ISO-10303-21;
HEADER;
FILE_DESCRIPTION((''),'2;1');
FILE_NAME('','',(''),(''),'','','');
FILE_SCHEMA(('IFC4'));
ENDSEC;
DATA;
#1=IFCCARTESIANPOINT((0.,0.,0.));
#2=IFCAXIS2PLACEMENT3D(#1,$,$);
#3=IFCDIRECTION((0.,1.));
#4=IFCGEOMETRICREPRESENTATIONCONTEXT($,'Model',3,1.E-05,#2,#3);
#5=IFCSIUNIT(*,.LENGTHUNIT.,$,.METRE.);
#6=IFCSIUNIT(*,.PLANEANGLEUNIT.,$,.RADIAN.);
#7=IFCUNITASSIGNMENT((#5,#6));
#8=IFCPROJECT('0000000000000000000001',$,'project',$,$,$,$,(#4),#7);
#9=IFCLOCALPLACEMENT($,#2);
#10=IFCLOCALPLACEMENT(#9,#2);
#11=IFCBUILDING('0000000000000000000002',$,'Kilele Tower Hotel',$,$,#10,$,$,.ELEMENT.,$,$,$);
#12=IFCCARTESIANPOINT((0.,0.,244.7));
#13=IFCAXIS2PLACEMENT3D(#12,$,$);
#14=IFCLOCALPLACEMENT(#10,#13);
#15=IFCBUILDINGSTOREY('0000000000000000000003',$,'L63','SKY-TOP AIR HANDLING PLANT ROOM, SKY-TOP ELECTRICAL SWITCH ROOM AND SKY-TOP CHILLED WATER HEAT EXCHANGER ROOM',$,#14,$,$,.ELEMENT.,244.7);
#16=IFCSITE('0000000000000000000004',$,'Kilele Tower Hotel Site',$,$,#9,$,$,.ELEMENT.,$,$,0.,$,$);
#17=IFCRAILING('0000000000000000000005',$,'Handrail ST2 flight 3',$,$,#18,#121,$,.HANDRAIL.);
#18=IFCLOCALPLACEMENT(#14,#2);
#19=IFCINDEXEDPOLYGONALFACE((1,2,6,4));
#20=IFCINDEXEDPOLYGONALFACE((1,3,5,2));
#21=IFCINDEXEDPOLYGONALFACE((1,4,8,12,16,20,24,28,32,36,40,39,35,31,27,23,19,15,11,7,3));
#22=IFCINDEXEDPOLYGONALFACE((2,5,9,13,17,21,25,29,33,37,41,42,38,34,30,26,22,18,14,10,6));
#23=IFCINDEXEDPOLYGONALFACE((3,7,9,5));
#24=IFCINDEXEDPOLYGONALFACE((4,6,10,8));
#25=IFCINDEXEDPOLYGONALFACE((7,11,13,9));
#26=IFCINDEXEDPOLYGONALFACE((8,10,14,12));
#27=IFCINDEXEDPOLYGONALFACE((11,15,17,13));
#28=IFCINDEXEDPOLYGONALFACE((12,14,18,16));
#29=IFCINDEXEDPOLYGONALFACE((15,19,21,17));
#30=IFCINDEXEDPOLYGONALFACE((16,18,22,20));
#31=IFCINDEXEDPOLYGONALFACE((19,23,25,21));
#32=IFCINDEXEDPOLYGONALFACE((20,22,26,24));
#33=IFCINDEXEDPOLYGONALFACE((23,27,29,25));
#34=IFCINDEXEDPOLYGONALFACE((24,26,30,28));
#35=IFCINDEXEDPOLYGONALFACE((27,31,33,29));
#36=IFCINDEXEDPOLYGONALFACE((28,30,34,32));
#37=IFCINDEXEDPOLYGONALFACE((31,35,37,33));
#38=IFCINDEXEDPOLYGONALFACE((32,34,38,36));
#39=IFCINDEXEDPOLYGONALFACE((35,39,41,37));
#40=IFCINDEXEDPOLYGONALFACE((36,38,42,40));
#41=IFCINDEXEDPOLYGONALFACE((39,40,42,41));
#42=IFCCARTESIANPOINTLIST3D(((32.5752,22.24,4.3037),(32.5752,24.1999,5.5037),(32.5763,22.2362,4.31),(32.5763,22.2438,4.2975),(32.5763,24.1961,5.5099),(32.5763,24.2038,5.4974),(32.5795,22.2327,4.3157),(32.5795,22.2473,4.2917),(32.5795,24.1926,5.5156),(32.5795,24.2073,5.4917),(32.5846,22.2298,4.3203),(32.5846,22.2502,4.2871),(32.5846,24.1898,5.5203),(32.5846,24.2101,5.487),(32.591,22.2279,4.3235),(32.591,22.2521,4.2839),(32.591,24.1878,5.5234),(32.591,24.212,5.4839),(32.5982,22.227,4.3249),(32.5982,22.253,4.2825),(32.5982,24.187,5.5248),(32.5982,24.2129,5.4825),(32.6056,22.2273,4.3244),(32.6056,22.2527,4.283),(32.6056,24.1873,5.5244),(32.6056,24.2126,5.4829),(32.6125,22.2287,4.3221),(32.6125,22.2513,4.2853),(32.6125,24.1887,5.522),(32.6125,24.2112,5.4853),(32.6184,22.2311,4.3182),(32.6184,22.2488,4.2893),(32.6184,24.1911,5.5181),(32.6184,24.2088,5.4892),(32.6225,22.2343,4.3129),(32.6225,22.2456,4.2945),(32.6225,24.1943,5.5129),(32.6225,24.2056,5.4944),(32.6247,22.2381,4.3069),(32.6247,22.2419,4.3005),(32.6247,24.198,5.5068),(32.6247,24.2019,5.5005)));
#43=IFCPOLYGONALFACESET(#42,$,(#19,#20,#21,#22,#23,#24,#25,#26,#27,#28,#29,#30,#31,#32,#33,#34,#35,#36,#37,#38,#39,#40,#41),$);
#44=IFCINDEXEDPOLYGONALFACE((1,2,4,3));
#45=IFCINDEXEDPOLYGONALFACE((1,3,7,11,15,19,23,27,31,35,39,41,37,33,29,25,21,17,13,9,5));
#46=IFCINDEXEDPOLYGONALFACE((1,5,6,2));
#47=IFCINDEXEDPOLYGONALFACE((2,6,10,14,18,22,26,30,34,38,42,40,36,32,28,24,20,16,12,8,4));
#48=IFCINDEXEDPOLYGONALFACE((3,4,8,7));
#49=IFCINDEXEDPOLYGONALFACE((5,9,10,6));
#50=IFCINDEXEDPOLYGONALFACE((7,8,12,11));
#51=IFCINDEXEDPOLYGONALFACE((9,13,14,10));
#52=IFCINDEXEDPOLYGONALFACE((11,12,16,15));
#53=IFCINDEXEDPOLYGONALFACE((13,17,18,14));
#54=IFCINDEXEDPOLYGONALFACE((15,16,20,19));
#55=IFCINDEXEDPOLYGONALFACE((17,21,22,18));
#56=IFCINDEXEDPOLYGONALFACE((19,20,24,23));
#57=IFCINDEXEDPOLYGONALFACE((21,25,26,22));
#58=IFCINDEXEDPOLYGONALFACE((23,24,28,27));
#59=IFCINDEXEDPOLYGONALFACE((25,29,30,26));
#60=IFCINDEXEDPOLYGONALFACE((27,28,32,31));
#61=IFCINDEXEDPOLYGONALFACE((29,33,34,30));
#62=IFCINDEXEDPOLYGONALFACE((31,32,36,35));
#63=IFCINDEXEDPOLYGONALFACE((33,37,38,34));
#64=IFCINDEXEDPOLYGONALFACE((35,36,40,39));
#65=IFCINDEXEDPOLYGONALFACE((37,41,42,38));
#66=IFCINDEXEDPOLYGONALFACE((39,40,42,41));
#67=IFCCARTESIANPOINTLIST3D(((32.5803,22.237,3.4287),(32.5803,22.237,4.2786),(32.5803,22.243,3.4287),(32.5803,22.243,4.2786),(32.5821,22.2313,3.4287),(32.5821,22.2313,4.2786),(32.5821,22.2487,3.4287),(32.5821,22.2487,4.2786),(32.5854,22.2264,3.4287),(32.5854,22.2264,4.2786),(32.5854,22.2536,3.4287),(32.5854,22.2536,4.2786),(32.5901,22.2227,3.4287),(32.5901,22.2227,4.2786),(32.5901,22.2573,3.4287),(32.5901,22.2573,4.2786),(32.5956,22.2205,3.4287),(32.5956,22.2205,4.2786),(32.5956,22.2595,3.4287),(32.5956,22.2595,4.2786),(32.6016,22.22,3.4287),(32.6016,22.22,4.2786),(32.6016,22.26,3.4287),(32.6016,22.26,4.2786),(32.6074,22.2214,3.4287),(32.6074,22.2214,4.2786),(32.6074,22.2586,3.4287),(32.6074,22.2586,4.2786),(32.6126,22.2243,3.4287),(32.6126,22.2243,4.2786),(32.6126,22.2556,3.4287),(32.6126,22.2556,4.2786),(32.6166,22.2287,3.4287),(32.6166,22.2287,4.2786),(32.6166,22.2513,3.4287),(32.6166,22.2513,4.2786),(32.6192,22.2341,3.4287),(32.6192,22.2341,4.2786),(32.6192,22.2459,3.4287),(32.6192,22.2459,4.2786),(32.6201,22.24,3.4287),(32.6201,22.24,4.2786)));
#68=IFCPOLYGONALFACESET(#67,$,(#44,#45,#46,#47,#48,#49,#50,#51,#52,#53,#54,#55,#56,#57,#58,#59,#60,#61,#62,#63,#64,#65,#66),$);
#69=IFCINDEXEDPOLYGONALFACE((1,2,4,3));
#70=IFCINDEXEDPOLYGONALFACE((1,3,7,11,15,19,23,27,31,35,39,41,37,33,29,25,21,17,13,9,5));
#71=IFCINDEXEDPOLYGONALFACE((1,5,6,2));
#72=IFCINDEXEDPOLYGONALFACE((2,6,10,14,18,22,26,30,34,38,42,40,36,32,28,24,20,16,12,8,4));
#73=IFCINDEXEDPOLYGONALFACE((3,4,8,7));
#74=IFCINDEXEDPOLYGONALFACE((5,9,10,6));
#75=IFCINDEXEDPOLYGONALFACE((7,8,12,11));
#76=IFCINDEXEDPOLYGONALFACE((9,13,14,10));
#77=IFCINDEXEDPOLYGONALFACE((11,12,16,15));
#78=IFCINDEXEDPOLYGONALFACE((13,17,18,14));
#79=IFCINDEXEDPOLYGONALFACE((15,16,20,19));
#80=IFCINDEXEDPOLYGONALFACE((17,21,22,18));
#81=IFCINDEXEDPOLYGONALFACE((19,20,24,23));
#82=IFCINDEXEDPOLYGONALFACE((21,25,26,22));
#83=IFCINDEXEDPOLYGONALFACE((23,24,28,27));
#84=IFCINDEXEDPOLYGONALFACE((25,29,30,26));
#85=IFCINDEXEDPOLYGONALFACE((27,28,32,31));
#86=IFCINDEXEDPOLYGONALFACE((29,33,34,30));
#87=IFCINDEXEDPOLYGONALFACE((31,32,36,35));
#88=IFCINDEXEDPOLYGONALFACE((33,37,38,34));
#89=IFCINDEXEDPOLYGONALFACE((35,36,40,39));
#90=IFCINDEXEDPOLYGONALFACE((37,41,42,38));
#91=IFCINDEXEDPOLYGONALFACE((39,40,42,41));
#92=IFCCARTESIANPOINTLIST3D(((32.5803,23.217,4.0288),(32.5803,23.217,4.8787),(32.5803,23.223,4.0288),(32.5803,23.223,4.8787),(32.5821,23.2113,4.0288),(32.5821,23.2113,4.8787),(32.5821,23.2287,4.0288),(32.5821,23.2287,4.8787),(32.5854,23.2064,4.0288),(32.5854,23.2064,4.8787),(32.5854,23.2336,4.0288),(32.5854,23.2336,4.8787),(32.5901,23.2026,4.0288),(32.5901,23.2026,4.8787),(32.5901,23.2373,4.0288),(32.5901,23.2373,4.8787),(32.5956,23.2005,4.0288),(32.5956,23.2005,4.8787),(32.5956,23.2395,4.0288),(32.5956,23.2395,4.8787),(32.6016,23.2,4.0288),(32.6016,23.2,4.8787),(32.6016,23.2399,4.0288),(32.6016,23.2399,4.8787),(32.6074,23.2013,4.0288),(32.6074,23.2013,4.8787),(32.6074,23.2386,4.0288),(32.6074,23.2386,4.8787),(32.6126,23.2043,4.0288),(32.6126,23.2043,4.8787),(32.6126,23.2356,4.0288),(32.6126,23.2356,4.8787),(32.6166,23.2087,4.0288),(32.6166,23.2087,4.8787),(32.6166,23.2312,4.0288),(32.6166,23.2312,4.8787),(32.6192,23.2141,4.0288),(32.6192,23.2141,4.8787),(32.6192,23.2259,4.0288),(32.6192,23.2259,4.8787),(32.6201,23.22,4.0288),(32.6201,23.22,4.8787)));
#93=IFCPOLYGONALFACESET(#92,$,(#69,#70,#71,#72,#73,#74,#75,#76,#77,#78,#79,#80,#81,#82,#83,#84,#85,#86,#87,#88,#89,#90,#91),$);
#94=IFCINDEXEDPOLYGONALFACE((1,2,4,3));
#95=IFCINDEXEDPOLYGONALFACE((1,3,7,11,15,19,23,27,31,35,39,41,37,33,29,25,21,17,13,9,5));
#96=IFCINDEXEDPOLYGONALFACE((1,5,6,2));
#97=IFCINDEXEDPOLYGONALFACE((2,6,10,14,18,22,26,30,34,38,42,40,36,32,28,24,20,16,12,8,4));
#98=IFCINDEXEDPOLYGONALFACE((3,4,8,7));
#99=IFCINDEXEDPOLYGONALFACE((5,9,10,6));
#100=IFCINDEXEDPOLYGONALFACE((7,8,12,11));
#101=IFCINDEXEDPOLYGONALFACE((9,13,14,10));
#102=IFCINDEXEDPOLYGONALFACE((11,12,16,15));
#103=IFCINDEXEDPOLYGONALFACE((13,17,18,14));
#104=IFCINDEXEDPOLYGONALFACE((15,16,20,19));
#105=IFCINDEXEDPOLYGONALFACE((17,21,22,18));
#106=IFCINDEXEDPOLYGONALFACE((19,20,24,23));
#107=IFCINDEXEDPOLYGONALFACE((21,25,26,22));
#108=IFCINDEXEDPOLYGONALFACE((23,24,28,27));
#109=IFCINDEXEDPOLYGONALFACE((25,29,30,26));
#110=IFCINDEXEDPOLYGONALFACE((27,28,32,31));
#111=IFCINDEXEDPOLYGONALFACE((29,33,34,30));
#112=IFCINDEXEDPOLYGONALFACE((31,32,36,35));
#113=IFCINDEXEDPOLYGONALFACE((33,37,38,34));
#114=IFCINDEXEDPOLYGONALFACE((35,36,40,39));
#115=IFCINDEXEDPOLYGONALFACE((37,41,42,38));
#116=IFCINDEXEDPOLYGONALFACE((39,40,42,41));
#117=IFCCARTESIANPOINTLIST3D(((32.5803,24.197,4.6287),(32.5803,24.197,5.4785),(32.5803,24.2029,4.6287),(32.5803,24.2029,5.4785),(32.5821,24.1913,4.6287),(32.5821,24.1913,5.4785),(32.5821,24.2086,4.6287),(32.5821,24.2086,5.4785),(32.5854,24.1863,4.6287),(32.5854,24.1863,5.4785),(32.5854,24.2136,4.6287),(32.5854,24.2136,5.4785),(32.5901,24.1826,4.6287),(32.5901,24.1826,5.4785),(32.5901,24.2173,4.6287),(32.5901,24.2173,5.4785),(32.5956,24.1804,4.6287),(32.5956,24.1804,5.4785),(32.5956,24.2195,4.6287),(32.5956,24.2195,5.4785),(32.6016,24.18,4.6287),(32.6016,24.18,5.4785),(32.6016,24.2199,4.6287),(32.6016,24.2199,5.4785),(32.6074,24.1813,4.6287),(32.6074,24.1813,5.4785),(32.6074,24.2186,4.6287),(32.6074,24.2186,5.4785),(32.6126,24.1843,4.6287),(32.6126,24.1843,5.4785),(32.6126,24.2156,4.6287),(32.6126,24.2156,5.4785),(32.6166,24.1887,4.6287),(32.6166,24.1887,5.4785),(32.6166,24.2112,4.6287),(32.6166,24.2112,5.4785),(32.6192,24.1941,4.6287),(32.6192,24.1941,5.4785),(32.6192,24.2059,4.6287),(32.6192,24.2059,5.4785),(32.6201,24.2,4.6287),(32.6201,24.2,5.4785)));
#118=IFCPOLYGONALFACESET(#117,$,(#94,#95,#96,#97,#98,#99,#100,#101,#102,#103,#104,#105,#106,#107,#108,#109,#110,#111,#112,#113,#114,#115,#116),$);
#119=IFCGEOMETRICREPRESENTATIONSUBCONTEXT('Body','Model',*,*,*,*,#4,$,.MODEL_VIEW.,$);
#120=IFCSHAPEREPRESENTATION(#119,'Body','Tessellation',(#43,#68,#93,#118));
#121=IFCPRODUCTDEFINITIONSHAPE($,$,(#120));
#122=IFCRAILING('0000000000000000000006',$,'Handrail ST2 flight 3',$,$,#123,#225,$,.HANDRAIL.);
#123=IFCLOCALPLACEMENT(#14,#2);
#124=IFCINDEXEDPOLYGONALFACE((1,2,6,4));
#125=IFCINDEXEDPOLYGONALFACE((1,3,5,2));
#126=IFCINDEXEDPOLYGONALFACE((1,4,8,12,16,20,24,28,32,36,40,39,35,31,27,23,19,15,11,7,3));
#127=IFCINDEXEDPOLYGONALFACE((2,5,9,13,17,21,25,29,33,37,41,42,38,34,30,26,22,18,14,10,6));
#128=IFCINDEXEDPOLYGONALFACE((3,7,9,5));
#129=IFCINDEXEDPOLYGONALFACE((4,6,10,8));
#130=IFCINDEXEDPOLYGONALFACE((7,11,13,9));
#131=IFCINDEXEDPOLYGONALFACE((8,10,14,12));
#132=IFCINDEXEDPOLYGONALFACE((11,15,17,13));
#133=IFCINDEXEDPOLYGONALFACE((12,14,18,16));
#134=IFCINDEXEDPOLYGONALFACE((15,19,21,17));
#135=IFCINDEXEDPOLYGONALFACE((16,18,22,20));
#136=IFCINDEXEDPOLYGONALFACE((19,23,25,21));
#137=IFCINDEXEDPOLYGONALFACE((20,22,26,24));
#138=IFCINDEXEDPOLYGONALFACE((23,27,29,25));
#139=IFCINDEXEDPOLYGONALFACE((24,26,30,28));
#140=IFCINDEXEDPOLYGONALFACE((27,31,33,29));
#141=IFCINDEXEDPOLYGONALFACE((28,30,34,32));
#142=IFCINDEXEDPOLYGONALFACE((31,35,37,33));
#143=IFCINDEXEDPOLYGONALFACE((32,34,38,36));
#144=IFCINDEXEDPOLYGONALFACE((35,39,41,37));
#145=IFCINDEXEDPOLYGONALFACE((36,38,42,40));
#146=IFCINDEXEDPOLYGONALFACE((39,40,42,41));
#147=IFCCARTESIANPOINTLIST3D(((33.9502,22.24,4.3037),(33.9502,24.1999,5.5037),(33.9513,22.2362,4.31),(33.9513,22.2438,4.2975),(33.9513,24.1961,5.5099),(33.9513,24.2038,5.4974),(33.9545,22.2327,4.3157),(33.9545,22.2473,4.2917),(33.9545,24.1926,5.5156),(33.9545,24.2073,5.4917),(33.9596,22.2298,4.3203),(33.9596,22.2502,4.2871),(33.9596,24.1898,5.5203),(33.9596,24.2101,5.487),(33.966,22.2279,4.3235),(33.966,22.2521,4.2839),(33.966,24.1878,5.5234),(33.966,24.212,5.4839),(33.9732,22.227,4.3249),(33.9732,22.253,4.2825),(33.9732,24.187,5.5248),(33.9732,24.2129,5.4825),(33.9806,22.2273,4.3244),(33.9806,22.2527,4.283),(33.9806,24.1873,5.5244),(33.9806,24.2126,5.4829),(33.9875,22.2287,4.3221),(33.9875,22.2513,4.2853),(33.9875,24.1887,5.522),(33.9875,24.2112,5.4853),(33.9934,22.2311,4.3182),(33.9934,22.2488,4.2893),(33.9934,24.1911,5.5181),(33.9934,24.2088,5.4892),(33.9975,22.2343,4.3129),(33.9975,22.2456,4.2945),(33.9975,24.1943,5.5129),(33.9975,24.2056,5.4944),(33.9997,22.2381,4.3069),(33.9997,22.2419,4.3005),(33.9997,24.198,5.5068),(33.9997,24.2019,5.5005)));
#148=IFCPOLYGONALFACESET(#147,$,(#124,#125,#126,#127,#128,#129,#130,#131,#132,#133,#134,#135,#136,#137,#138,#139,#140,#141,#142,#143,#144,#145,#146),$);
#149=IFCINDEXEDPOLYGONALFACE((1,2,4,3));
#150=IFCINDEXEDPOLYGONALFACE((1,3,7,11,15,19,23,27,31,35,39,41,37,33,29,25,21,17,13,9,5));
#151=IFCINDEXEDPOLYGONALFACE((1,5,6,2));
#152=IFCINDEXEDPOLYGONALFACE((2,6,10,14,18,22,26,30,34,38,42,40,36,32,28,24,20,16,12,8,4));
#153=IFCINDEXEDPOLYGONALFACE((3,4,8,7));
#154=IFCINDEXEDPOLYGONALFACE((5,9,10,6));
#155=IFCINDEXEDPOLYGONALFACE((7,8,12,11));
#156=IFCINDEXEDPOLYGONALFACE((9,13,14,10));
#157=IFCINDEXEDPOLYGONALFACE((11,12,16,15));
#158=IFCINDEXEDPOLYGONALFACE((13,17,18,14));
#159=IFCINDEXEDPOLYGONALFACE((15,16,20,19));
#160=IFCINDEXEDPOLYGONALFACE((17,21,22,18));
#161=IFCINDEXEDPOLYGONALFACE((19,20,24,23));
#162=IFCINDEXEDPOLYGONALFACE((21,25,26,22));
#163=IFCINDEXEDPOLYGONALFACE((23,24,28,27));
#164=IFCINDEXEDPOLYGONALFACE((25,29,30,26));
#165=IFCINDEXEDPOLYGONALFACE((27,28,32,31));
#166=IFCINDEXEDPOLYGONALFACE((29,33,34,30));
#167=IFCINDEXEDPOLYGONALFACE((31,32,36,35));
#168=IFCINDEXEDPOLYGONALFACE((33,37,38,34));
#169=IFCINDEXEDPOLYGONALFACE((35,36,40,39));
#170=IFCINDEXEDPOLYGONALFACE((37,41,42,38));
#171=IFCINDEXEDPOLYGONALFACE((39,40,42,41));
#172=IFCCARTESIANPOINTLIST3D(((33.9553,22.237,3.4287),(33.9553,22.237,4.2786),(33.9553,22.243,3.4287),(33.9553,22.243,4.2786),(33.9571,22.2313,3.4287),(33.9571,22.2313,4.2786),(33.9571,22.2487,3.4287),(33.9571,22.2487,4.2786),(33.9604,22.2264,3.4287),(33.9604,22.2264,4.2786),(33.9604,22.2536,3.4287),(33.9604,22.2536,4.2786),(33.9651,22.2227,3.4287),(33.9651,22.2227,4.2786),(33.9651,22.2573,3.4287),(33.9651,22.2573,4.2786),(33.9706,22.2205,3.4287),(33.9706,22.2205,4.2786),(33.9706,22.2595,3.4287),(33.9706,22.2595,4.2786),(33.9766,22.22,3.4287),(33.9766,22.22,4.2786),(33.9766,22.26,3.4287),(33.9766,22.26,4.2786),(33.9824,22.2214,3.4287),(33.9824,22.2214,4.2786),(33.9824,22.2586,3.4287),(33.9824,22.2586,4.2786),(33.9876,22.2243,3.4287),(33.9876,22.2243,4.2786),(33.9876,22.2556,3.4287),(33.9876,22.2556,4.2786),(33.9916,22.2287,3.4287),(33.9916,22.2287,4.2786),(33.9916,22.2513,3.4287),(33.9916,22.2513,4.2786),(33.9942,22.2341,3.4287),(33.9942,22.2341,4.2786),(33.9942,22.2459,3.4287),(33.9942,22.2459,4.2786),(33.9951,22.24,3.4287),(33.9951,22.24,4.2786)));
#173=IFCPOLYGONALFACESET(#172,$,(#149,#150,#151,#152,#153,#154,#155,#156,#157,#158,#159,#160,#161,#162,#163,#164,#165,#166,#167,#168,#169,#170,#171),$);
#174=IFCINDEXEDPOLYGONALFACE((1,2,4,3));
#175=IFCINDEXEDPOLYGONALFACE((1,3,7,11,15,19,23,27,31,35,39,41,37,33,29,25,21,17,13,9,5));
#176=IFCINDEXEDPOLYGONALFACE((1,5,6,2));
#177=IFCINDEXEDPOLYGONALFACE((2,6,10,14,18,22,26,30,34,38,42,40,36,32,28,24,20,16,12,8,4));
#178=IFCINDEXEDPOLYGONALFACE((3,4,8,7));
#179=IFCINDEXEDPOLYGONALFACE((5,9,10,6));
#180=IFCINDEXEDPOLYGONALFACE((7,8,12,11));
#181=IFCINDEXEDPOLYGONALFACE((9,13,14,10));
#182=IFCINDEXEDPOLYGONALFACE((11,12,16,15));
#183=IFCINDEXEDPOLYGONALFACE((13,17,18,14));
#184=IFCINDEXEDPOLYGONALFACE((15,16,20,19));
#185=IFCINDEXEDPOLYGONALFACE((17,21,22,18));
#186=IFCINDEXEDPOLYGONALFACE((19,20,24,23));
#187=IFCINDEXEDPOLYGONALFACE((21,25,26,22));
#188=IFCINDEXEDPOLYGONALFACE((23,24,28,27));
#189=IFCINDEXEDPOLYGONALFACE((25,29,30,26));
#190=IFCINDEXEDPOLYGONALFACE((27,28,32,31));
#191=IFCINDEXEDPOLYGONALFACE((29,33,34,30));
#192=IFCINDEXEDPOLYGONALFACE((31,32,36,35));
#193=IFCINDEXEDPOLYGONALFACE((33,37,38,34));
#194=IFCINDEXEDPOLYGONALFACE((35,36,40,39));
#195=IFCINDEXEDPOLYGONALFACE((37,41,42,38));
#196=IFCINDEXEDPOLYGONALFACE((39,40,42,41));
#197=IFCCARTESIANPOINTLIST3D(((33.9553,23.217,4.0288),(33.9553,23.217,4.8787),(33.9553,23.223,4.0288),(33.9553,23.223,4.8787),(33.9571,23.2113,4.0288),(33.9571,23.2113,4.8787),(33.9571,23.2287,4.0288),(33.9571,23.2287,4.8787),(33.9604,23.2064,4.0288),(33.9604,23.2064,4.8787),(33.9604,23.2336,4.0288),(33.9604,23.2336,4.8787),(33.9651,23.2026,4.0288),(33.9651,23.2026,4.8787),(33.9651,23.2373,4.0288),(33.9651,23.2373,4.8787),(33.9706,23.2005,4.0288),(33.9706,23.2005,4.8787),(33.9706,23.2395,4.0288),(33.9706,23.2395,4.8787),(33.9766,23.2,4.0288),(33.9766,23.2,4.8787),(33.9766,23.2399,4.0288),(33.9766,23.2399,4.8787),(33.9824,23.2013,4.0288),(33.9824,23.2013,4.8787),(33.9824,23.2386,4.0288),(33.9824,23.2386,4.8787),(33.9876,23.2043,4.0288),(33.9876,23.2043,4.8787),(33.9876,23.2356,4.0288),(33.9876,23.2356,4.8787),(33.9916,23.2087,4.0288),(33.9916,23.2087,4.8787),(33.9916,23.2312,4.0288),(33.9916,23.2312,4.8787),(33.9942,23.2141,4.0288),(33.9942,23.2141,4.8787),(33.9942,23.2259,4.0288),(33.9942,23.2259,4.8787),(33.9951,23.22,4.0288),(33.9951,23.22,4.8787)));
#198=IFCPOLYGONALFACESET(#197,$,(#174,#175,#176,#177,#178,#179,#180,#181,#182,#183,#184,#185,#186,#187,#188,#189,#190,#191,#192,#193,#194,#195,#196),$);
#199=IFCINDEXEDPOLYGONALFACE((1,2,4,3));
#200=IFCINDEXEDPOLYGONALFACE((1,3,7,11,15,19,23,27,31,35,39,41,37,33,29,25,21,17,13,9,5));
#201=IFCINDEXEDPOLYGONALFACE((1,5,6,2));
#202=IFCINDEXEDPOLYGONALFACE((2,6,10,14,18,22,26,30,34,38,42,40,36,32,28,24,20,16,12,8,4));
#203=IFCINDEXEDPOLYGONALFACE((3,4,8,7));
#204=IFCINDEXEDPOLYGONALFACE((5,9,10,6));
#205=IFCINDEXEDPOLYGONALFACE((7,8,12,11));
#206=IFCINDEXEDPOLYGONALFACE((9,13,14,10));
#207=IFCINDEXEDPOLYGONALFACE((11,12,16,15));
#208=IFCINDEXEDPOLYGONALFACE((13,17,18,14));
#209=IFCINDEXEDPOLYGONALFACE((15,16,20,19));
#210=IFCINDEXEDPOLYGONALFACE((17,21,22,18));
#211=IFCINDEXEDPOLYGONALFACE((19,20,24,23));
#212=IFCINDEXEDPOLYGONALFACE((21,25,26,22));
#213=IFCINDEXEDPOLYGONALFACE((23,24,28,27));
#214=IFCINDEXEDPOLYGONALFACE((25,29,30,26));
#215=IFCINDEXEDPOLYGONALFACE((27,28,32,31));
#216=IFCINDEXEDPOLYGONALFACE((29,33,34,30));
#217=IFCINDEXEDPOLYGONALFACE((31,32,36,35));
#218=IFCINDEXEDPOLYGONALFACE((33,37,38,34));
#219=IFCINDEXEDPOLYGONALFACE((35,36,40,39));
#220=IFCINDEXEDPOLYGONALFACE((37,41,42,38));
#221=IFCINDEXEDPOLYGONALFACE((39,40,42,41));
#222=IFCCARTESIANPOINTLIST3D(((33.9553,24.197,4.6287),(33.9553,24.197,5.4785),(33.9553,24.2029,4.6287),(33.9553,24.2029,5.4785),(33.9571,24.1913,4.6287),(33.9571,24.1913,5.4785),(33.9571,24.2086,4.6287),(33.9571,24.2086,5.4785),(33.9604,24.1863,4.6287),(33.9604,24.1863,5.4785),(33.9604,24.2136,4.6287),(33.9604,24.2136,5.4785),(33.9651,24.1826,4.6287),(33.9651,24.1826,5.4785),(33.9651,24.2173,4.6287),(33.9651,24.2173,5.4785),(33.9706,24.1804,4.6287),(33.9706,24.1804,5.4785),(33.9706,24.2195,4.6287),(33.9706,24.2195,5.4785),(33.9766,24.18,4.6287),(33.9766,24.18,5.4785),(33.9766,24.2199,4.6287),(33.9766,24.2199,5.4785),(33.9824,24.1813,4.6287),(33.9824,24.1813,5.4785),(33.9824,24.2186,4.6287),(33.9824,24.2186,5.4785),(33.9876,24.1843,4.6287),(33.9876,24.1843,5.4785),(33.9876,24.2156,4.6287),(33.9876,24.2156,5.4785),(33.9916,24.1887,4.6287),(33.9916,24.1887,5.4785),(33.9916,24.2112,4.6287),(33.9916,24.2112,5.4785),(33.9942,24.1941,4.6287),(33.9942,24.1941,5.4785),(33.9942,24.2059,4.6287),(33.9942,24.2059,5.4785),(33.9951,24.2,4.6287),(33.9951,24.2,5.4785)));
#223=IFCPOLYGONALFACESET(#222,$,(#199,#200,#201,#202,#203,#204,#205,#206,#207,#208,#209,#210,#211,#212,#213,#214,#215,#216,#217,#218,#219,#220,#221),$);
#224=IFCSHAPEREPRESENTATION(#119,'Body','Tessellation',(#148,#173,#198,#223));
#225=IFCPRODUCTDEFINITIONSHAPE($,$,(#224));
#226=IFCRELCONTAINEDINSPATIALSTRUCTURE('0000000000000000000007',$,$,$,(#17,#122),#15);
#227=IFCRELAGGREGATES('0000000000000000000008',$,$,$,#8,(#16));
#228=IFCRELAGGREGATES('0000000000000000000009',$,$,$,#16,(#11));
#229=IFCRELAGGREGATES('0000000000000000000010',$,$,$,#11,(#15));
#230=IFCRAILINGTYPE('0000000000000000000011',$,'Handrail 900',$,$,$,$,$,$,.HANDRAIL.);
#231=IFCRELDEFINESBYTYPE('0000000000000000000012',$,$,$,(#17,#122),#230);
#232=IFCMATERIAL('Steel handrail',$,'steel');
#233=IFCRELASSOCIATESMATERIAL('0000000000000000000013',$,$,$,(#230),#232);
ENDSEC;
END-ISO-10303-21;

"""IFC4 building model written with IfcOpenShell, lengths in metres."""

from ifc_helpers import new_model, si_unit, direction, frame, origin, origin_2d, place, context, subcontext, project, spatial, circle, extrude, material, type_object, element, save


model = new_model("IFC4")

# Units and contexts
model_context = context("Model", 3, precision=1e-05, world=origin(), true_north=direction((0.0, 1.0)))
body_context = subcontext(model_context, "Body", "Model", "MODEL_VIEW")
ifc_project = project(units=[si_unit("LENGTHUNIT", "METRE"), si_unit("PLANEANGLEUNIT", "RADIAN")], contexts=[model_context])

# Site, building, storey
site_placement = place(None, origin())
site = spatial("IfcSite", under=ifc_project, at=site_placement, Name="Kilele Tower Hotel Site", CompositionType="ELEMENT", RefElevation=0.0)
building_placement = place(site_placement, origin())
building = spatial("IfcBuilding", under=site, at=building_placement, Name="Kilele Tower Hotel", CompositionType="ELEMENT")
storey_placement = place(building_placement, frame((0.0, 0.0, 244.7)))
storey = spatial("IfcBuildingStorey", under=building, at=storey_placement, Name="L63", Description="SKY-TOP AIR HANDLING PLANT ROOM, SKY-TOP ELECTRICAL SWITCH ROOM AND SKY-TOP CHILLED WATER HEAT EXCHANGER ROOM", CompositionType="ELEMENT", Elevation=244.7)

# Railings
ifc_material_1 = material(Name="Steel handrail", Category="steel")
railing_type_1 = type_object("IfcRailingType", Name="Handrail 900", PredefinedType="HANDRAIL", material=ifc_material_1)
for number, where, name in (
    (1, (32.6001, 22.24, 3.4287), "Handrail ST2 flight 3"),
    (2, (33.9751, 22.24, 3.4287), "Handrail ST2 flight 3"),
):
    element("IfcRailing", number, at=place(storey_placement, frame(where)), inside=storey, type_object=railing_type_1, Name=name, PredefinedType="HANDRAIL", context=body_context, shape_type="SweptSolid", body=[
        extrude(circle(Radius=0.0249, at=origin_2d()), frame((0.0, 0.0, 0.875), z_axis=(0.0, 0.852856, 0.522146), x_axis=(-1.0, 0.0, 0.0)), (0.0, 0.0, 1.0), 2.2981),
        extrude(circle(Radius=0.02, at=origin_2d()), origin(), (0.0, 0.0, 1.0), 0.8499),
        extrude(circle(Radius=0.02, at=origin_2d()), frame((0.0, 0.98, 0.6001)), (0.0, 0.0, 1.0), 0.8499),
        extrude(circle(Radius=0.02, at=origin_2d()), frame((0.0, 1.96, 1.2)), (0.0, 0.0, 1.0), 0.8499),
    ])

save(model, "model.ifc")
